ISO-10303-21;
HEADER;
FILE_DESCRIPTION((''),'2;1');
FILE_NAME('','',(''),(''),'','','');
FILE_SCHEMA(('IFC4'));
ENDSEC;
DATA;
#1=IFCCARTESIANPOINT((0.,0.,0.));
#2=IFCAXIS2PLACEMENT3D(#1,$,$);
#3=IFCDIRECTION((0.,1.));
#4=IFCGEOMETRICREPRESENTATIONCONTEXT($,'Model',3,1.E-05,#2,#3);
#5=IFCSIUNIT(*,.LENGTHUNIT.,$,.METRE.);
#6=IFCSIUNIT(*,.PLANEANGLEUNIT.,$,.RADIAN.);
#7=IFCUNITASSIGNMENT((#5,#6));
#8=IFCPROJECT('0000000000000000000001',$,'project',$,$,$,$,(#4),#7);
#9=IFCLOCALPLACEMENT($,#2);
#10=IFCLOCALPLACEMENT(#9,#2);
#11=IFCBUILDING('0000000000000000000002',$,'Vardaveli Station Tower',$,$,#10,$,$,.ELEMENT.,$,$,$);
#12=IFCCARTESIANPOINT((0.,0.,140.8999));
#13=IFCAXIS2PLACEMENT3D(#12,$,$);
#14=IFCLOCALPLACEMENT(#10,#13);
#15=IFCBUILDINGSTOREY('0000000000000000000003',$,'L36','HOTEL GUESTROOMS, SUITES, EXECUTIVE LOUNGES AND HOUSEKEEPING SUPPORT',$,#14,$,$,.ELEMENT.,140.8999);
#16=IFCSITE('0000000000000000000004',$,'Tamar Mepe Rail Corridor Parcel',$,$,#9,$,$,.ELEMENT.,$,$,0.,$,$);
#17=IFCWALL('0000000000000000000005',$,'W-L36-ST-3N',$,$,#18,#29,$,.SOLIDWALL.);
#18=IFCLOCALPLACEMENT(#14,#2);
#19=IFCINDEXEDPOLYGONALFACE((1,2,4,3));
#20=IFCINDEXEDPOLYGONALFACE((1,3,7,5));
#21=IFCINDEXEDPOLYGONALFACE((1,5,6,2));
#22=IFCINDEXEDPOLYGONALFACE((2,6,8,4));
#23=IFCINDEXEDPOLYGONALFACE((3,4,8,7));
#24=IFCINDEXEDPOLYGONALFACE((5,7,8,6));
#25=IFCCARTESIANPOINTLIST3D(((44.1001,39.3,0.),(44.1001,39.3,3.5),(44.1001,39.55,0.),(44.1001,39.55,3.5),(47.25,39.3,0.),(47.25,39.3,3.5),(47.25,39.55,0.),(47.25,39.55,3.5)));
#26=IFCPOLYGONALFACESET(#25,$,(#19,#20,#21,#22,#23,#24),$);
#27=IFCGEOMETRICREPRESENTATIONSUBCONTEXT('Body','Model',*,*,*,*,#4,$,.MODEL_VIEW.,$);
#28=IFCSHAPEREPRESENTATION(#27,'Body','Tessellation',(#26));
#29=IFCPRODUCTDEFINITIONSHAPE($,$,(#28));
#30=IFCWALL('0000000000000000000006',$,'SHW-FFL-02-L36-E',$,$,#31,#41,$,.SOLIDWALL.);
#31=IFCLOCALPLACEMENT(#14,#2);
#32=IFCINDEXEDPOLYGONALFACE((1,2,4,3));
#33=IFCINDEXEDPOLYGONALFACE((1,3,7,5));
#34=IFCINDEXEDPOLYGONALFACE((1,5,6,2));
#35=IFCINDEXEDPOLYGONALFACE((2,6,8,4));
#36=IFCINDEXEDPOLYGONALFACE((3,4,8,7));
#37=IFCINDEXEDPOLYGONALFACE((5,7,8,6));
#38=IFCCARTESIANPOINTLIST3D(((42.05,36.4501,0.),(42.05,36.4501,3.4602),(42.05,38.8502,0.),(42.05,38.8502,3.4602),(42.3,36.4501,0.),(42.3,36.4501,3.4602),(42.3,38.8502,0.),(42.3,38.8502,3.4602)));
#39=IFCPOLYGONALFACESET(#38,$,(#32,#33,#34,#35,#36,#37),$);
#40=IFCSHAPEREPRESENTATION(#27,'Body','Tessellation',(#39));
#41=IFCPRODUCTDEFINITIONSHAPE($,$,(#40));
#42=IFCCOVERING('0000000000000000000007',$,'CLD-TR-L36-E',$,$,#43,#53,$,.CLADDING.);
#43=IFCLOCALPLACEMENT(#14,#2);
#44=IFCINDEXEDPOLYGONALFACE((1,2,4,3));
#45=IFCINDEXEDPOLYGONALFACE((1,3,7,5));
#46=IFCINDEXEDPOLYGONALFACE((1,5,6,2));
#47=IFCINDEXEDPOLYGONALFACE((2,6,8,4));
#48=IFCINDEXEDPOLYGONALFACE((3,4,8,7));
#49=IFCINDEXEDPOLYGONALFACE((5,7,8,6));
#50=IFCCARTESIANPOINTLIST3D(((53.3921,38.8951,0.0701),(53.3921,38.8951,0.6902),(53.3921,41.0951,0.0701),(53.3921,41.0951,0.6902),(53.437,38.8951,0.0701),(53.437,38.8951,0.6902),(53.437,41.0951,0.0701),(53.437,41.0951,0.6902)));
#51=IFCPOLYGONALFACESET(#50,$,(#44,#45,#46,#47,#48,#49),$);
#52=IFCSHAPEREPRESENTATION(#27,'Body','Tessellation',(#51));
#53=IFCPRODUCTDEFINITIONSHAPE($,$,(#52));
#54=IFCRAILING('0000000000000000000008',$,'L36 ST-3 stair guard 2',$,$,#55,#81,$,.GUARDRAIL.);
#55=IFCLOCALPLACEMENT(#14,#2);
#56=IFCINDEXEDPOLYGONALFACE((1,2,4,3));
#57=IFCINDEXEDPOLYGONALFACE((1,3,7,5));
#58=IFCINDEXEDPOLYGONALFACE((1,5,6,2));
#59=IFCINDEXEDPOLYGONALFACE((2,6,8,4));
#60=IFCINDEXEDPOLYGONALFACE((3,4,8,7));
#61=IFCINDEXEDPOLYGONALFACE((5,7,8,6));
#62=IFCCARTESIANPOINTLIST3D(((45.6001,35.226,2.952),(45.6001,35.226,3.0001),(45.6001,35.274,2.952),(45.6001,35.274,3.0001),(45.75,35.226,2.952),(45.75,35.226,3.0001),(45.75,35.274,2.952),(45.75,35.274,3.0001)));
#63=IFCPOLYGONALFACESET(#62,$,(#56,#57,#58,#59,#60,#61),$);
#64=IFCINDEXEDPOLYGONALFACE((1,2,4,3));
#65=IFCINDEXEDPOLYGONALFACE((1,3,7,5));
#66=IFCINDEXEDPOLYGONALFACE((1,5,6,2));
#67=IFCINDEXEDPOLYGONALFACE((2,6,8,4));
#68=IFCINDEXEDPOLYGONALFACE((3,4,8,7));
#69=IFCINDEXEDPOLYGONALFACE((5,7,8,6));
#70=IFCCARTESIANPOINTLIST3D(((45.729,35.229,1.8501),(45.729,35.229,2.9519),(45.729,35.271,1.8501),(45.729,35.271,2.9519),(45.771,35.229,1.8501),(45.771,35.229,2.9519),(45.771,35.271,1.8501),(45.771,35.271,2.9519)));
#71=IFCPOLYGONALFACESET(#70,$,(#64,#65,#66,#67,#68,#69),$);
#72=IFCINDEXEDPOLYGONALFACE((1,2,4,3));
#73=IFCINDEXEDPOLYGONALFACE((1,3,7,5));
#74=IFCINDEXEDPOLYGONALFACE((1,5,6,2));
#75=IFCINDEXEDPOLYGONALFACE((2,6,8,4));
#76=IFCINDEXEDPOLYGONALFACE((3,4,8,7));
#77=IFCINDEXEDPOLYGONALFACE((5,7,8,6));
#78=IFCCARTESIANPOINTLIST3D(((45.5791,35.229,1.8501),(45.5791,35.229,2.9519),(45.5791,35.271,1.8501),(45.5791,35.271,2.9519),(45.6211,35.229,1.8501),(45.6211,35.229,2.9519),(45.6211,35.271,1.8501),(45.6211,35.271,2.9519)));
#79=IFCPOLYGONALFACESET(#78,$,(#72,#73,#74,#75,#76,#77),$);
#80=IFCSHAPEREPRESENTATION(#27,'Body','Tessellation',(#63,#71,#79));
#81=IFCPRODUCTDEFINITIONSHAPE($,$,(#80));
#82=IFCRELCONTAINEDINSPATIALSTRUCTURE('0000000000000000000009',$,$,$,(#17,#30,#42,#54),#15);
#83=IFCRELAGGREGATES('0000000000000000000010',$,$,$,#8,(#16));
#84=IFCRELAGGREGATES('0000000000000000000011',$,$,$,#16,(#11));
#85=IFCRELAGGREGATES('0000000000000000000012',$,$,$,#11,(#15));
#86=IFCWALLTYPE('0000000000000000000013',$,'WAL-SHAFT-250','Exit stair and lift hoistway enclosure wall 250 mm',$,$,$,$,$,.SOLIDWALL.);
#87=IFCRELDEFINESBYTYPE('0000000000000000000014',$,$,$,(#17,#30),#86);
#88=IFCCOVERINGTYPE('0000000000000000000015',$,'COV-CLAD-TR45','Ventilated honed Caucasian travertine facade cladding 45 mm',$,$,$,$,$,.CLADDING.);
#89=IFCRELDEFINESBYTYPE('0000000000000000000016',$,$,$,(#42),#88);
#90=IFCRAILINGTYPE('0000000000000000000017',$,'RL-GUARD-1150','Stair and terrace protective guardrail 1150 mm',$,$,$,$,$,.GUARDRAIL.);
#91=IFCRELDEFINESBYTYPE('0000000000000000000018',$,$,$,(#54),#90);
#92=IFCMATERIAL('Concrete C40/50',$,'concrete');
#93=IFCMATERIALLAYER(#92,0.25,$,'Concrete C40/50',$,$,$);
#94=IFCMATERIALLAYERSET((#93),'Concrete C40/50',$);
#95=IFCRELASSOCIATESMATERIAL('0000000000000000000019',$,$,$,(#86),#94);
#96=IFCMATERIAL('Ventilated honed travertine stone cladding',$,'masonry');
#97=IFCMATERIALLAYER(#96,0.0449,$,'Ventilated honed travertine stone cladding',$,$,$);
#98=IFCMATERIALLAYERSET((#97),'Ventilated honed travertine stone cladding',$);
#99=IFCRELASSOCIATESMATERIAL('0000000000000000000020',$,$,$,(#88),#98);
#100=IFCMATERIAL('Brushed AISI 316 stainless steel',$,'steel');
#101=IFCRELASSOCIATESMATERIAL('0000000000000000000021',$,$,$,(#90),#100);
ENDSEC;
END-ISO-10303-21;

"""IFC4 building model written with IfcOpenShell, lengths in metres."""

from ifc_helpers import new_model, si_unit, direction, frame, frame_2d, origin, origin_2d, place, context, subcontext, project, spatial, rectangle, extrude, source, transform, mapped, material, layer, layer_set, type_object, element, save


model = new_model("IFC4")

# Units and contexts
model_context = context("Model", 3, precision=1e-05, world=origin(), true_north=direction((0.0, 1.0)))
body_context = subcontext(model_context, "Body", "Model", "MODEL_VIEW")
ifc_project = project(units=[si_unit("LENGTHUNIT", "METRE"), si_unit("PLANEANGLEUNIT", "RADIAN")], contexts=[model_context])

# Site, building, storey
site_placement = place(None, origin())
site = spatial("IfcSite", under=ifc_project, at=site_placement, Name="Tamar Mepe Rail Corridor Parcel", CompositionType="ELEMENT", RefElevation=0.0)
building_placement = place(site_placement, origin())
building = spatial("IfcBuilding", under=site, at=building_placement, Name="Vardaveli Station Tower", CompositionType="ELEMENT")
storey_placement = place(building_placement, frame((0.0, 0.0, 140.8999)))
storey = spatial("IfcBuildingStorey", under=building, at=storey_placement, Name="L36", Description="HOTEL GUESTROOMS, SUITES, EXECUTIVE LOUNGES AND HOUSEKEEPING SUPPORT", CompositionType="ELEMENT", Elevation=140.8999)

# Walls
ifc_material_1 = material(Name="Concrete C40/50", Category="concrete")
ifc_layer_1 = layer(ifc_material_1, 0.25, Name="Concrete C40/50")
ifc_layer_set_1 = layer_set([ifc_layer_1], Name="Concrete C40/50")
wall_type_1 = type_object("IfcWallType", Name="WAL-SHAFT-250", Description="Exit stair and lift hoistway enclosure wall 250 mm", PredefinedType="SOLIDWALL", material=ifc_layer_set_1)
shared_shape_1 = source(origin(), body_context, "Body", "SweptSolid", [
    extrude(rectangle(XDim=3.1499, YDim=0.25, at=frame_2d((1.575, 0.0))), origin(), (0.0, 0.0, 1.0), 3.5),
])
wall_1_placement = place(storey_placement, frame((44.1001, 39.425, 0.0), z_axis=(0.0, 0.0, 1.0), x_axis=(1.0, 0.0, 0.0)))
element("IfcWall", 1, at=wall_1_placement, inside=storey, type_object=wall_type_1, Name="W-L36-ST-3N", PredefinedType="SOLIDWALL", context=body_context, shape_type="MappedRepresentation", body=[
    mapped(shared_shape_1, transform((0.0, 0.0, 0.0), scale=1.0)),
])
shared_shape_2 = source(origin(), body_context, "Body", "SweptSolid", [
    extrude(rectangle(XDim=2.4001, YDim=0.25, at=frame_2d((1.2002, 0.0))), origin(), (0.0, 0.0, 1.0), 3.4602),
])
wall_2_placement = place(storey_placement, frame((42.175, 36.45, 0.0), z_axis=(0.0, 0.0, 1.0), x_axis=(0.0, 1.0, 0.0)))
element("IfcWall", 2, at=wall_2_placement, inside=storey, type_object=wall_type_1, Name="SHW-FFL-02-L36-E", PredefinedType="SOLIDWALL", context=body_context, shape_type="MappedRepresentation", body=[
    mapped(shared_shape_2, transform((0.0, 0.0, 0.0), scale=1.0)),
])

# Covering
ifc_material_2 = material(Name="Ventilated honed travertine stone cladding", Category="masonry")
ifc_layer_2 = layer(ifc_material_2, 0.0449, Name="Ventilated honed travertine stone cladding")
ifc_layer_set_2 = layer_set([ifc_layer_2], Name="Ventilated honed travertine stone cladding")
covering_type = type_object("IfcCoveringType", Name="COV-CLAD-TR45", Description="Ventilated honed Caucasian travertine facade cladding 45 mm", PredefinedType="CLADDING", material=ifc_layer_set_2)
shared_shape_3 = source(origin(), body_context, "Body", "SweptSolid", [
    extrude(rectangle(XDim=2.2, YDim=0.0449, at=origin_2d()), origin(), (0.0, 0.0, 1.0), 0.6201),
])
covering_placement = place(storey_placement, frame((53.4146, 39.9951, 0.0701), z_axis=(0.0, 0.0, 1.0), x_axis=(0.0, 1.0, 0.0)))
element("IfcCovering", 3, at=covering_placement, inside=storey, type_object=covering_type, Name="CLD-TR-L36-E", PredefinedType="CLADDING", context=body_context, shape_type="MappedRepresentation", body=[
    mapped(shared_shape_3, transform((0.0, 0.0, 0.0), scale=1.0)),
])

# Railing
ifc_material_3 = material(Name="Brushed AISI 316 stainless steel", Category="steel")
railing_type = type_object("IfcRailingType", Name="RL-GUARD-1150", Description="Stair and terrace protective guardrail 1150 mm", PredefinedType="GUARDRAIL", material=ifc_material_3)
shared_shape_4 = source(origin(), body_context, "Body", "SweptSolid", [
    extrude(rectangle(XDim=0.0481, YDim=0.0481, at=origin_2d()), frame((0.0, 0.0, 1.126), z_axis=(-1.0, 0.0, 0.0), x_axis=(0.0, -1.0, 0.0)), (0.0, 0.0, 1.0), 0.1499),
    extrude(rectangle(XDim=0.042, YDim=0.042, at=origin_2d()), origin(), (0.0, 0.0, 1.0), 1.1018),
    extrude(rectangle(XDim=0.042, YDim=0.042, at=origin_2d()), frame((-0.1499, 0.0, 0.0)), (0.0, 0.0, 1.0), 1.1018),
])
railing_placement = place(storey_placement, frame((45.75, 35.25, 1.8501)))
element("IfcRailing", 4, at=railing_placement, inside=storey, type_object=railing_type, Name="L36 ST-3 stair guard 2", PredefinedType="GUARDRAIL", context=body_context, shape_type="MappedRepresentation", body=[
    mapped(shared_shape_4, transform((0.0, 0.0, 0.0), scale=1.0)),
])

save(model, "model.ifc")
